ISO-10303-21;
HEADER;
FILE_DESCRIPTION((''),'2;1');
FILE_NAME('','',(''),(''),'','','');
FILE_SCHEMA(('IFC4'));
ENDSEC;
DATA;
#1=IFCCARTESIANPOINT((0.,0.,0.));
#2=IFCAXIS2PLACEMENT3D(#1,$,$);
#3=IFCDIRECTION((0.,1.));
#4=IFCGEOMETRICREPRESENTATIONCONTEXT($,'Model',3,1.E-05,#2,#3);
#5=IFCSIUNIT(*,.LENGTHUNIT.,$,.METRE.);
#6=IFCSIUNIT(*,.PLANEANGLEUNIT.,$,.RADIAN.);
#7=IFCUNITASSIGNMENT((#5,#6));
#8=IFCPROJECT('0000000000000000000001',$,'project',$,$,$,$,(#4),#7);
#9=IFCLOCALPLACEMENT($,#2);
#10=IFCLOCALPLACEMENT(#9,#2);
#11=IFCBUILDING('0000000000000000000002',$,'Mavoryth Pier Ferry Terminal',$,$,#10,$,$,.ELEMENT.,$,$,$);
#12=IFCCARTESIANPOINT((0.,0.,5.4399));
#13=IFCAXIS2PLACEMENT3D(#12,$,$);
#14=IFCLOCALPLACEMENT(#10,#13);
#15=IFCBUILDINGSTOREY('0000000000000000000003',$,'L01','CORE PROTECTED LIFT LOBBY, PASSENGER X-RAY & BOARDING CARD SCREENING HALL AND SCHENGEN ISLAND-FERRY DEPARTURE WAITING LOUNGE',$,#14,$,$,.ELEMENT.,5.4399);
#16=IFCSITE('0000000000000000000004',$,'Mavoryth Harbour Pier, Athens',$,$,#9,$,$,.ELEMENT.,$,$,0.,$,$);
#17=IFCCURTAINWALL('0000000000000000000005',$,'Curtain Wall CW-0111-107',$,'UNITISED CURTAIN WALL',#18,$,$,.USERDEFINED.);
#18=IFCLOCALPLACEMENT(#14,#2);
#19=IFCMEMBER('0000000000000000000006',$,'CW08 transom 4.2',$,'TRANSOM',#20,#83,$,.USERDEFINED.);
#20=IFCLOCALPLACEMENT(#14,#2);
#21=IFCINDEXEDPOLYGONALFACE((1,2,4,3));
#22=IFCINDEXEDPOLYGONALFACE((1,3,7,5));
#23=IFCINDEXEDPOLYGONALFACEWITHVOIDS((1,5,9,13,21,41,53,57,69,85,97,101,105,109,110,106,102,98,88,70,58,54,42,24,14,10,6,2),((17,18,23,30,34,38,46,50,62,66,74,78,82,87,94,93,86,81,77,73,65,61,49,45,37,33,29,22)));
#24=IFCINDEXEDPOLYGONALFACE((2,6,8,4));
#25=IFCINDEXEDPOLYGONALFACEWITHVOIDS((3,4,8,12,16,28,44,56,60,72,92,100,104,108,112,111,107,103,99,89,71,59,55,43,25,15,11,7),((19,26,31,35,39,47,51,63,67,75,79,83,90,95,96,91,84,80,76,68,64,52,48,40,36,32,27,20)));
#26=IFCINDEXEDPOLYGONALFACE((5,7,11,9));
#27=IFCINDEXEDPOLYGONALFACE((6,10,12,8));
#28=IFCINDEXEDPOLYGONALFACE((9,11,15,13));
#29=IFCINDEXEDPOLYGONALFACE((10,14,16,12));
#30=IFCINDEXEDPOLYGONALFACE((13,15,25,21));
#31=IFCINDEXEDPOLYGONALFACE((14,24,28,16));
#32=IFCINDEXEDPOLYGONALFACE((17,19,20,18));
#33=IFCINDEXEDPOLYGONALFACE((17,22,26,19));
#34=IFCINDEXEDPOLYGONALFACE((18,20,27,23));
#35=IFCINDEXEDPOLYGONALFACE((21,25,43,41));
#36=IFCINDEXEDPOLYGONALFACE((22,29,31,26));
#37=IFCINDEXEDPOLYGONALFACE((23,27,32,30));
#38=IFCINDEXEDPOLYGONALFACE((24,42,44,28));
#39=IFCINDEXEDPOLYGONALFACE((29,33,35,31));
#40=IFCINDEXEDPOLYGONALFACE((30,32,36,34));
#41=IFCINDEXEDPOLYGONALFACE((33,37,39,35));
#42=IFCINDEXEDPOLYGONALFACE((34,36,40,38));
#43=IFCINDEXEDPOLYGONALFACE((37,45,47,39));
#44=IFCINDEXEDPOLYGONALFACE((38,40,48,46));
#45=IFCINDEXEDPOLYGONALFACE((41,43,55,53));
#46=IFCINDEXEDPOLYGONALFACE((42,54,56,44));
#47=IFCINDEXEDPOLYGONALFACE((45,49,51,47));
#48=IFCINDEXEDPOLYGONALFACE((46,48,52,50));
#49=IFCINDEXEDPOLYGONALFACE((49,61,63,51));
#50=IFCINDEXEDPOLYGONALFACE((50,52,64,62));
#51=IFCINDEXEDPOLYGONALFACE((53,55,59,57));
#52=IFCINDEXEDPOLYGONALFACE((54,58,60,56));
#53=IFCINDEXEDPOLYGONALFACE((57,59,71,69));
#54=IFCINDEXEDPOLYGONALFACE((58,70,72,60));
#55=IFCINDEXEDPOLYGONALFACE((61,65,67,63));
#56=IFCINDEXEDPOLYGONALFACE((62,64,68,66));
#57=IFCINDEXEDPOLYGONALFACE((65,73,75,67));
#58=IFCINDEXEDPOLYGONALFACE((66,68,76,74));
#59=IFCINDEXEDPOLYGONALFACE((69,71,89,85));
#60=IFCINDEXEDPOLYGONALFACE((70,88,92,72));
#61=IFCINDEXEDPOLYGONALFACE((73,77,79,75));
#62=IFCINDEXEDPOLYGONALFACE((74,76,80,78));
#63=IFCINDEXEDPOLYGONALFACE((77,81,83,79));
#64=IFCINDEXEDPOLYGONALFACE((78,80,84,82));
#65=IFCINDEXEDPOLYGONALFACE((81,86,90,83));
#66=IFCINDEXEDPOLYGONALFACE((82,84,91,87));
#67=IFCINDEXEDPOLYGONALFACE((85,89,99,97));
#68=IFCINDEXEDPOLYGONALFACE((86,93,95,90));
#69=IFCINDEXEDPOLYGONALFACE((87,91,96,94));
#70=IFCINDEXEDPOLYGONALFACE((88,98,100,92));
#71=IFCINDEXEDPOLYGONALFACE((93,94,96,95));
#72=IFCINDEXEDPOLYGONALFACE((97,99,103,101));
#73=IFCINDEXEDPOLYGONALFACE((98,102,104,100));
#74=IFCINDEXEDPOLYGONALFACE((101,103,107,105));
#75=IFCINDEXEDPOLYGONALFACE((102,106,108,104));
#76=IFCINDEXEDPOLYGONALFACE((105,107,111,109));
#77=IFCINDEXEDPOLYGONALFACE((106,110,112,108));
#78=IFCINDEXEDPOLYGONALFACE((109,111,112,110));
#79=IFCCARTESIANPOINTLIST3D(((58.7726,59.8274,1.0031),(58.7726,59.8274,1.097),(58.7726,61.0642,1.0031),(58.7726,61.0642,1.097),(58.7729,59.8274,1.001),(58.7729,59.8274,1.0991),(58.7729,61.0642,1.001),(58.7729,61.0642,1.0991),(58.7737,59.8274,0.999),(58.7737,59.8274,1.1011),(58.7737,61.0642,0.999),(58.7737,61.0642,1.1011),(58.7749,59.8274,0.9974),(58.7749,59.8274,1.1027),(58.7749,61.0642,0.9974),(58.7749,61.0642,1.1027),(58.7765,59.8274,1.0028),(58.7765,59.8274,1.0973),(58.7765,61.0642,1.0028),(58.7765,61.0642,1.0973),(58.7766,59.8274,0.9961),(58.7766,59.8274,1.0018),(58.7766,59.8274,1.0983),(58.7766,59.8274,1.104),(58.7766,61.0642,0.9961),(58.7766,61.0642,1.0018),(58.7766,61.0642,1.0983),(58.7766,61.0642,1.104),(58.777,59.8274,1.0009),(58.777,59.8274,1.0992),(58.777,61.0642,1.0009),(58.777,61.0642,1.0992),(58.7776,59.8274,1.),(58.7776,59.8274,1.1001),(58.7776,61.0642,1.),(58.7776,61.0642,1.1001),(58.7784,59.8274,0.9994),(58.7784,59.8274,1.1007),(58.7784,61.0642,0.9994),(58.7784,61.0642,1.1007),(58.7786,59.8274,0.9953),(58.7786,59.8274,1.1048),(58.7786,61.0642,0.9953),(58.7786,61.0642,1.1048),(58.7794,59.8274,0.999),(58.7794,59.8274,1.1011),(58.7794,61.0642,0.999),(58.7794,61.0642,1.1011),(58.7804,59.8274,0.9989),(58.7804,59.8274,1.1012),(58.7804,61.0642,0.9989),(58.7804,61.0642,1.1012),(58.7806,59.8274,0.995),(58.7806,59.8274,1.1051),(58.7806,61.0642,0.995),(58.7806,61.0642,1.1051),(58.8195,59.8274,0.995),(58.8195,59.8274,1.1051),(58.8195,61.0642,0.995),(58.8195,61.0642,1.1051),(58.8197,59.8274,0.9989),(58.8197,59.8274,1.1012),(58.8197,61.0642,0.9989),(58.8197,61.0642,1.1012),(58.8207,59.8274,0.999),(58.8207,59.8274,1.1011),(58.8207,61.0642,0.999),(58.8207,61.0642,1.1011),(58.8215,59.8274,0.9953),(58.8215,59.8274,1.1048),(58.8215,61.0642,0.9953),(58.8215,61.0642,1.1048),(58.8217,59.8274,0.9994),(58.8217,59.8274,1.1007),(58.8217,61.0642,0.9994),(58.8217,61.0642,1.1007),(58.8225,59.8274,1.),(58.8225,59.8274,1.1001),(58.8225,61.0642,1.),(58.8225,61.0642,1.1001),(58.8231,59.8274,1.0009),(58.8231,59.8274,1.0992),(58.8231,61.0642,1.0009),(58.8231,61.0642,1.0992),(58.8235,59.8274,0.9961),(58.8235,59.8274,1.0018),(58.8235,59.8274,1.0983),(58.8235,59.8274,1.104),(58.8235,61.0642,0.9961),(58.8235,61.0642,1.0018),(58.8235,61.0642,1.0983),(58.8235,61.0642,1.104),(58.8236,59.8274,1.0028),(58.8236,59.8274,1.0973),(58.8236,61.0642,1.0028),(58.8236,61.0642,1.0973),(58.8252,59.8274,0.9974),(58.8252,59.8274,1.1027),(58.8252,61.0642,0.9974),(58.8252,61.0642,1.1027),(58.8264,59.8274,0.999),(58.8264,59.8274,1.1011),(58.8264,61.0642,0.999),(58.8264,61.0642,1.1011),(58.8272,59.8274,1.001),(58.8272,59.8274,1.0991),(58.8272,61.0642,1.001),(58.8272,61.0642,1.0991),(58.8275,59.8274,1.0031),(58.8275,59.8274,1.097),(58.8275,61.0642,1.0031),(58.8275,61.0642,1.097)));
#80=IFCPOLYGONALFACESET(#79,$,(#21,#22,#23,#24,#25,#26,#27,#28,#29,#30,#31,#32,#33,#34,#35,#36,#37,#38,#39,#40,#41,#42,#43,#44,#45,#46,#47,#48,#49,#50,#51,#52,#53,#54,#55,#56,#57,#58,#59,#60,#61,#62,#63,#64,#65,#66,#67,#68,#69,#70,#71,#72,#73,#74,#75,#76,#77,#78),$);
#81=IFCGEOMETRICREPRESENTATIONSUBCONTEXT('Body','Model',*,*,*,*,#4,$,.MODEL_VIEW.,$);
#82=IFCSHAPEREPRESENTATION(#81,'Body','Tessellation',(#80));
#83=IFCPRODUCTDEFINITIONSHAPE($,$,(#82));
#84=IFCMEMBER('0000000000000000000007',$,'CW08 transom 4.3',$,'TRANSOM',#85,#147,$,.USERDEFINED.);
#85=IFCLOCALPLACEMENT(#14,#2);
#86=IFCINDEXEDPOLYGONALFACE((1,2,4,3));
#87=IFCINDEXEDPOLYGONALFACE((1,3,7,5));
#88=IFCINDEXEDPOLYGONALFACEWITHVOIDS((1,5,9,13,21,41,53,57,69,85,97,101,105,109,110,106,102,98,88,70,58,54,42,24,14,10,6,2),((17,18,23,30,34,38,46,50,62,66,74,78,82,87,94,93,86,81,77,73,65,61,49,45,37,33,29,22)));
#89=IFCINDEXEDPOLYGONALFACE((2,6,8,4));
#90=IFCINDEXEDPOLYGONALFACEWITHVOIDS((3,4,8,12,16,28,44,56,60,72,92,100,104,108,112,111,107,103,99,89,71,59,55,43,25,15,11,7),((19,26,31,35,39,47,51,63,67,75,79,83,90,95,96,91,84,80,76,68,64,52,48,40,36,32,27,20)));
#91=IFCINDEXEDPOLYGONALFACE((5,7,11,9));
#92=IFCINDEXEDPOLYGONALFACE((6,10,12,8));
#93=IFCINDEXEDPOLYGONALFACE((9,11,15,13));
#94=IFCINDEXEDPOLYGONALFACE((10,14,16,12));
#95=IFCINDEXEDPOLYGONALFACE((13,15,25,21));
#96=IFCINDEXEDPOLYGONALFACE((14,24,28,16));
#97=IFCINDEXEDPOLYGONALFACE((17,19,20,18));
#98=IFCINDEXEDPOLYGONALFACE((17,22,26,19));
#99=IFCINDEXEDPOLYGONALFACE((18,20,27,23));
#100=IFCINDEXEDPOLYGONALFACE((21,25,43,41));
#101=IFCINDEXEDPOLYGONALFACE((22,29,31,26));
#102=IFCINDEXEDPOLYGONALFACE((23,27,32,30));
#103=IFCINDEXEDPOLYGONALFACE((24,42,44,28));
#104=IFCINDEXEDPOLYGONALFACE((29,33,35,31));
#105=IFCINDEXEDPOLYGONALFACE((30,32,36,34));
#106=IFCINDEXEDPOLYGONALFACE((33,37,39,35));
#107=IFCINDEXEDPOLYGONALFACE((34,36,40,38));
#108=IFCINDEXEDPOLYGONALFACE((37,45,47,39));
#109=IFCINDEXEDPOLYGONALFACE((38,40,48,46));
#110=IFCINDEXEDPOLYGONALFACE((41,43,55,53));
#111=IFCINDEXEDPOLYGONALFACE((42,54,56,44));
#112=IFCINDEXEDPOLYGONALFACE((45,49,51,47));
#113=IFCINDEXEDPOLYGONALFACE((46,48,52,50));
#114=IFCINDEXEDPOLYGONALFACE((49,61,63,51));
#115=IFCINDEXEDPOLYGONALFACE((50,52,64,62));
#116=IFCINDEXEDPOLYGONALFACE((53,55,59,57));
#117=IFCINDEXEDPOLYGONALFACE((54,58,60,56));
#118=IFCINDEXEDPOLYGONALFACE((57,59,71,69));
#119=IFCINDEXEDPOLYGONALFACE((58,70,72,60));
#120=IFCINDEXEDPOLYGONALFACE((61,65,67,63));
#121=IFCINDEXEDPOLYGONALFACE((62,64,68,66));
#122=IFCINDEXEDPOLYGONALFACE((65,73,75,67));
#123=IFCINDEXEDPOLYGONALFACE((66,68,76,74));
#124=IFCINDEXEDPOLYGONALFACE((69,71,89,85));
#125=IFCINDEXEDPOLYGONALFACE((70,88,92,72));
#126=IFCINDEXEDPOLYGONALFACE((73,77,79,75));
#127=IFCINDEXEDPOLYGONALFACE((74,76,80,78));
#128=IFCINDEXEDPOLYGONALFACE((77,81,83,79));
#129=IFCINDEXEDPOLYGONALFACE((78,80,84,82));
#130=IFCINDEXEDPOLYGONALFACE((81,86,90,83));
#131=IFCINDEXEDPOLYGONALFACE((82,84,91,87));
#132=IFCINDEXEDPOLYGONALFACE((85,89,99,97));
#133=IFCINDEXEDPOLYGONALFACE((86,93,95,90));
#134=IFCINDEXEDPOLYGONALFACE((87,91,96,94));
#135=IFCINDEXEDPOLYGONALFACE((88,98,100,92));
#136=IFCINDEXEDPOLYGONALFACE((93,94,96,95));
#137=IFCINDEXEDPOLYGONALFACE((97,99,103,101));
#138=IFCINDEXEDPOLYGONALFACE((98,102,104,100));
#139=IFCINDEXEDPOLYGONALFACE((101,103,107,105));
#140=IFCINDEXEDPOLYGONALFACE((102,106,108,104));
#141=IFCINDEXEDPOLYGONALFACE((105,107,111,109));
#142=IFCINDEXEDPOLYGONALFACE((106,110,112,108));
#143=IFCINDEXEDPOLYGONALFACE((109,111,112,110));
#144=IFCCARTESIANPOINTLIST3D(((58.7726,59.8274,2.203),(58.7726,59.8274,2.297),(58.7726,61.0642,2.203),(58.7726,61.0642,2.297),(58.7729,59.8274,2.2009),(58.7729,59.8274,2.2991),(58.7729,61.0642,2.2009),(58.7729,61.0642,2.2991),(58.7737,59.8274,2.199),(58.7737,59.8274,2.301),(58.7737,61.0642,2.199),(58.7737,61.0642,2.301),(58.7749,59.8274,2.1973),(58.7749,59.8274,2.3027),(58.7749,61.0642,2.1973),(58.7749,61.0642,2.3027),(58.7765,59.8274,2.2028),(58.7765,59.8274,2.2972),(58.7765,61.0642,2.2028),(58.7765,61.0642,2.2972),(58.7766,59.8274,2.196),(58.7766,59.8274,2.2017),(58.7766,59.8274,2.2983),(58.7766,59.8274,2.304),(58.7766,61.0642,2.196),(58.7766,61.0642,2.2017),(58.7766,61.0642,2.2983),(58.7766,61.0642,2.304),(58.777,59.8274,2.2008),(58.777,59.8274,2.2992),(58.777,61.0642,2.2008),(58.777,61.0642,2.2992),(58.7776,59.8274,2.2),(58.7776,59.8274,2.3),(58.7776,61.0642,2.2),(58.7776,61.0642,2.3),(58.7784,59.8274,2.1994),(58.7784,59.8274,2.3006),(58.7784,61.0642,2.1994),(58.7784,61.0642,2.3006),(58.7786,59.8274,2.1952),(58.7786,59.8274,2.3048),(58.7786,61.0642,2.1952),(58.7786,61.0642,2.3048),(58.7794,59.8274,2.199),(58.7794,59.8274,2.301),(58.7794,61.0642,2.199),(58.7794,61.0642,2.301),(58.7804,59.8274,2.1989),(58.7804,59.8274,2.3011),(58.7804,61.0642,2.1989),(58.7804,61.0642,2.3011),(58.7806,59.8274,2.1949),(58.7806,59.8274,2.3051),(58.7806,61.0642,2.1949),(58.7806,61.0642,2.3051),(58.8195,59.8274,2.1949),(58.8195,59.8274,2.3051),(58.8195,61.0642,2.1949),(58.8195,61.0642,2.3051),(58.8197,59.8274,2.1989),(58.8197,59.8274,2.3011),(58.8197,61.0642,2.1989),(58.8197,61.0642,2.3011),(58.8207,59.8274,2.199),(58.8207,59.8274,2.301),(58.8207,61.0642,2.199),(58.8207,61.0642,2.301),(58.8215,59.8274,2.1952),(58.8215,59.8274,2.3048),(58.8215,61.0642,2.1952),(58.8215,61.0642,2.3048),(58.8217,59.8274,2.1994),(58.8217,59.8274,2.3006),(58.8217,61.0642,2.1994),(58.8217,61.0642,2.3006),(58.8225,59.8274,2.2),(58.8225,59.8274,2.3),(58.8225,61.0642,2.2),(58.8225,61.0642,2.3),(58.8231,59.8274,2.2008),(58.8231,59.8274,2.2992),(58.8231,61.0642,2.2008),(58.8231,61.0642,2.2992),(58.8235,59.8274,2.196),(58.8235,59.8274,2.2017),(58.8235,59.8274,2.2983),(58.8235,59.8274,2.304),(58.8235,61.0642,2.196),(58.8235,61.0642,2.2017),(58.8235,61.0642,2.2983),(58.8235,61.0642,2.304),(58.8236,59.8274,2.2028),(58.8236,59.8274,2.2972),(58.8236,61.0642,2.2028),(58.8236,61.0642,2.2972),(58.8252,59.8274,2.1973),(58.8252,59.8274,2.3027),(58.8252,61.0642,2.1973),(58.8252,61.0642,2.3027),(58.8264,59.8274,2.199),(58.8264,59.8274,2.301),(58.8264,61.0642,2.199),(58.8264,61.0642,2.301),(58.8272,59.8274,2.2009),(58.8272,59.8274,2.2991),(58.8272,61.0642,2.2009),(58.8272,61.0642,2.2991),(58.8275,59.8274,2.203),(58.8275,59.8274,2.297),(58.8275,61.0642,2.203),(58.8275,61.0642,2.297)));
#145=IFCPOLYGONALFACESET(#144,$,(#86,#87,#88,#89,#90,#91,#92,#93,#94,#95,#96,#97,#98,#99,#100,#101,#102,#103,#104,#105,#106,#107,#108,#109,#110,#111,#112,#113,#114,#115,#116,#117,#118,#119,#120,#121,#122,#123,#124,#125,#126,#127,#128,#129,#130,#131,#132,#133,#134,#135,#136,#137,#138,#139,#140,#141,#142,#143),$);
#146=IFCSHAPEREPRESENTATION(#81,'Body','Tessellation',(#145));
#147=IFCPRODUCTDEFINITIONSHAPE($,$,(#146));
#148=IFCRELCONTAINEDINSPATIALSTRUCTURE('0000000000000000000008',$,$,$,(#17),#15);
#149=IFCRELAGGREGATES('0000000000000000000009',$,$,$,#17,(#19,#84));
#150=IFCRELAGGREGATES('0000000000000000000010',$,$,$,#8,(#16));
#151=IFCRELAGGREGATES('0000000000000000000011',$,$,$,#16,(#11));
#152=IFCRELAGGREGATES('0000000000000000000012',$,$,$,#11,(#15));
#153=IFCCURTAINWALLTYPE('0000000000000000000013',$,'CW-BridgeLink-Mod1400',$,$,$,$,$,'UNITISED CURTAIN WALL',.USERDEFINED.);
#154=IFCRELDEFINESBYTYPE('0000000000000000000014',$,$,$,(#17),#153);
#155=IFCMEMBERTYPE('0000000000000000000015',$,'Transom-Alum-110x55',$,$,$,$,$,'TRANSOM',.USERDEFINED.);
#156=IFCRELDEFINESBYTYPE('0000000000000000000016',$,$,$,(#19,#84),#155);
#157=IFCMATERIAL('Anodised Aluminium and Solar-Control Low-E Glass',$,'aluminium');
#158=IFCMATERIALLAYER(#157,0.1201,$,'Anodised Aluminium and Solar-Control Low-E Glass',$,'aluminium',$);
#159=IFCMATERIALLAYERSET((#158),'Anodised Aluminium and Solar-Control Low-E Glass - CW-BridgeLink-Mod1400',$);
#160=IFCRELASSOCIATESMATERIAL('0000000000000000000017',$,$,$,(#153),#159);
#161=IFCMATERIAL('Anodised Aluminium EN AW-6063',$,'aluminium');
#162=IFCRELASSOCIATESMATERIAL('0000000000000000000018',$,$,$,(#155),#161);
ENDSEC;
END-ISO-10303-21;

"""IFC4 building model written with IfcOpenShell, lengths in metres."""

from ifc_helpers import new_model, si_unit, direction, frame, origin, origin_2d, place, context, subcontext, project, spatial, hollow_rectangle, extrude, material, layer, layer_set, material_profile, profile_set, type_object, element, aggregate, save


model = new_model("IFC4")

# Units and contexts
model_context = context("Model", 3, precision=1e-05, world=origin(), true_north=direction((0.0, 1.0)))
body_context = subcontext(model_context, "Body", "Model", "MODEL_VIEW")
ifc_project = project(units=[si_unit("LENGTHUNIT", "METRE"), si_unit("PLANEANGLEUNIT", "RADIAN")], contexts=[model_context])

# Site, building, storey
site_placement = place(None, origin())
site = spatial("IfcSite", under=ifc_project, at=site_placement, Name="Mavoryth Harbour Pier, Athens", CompositionType="ELEMENT", RefElevation=0.0)
building_placement = place(site_placement, origin())
building = spatial("IfcBuilding", under=site, at=building_placement, Name="Mavoryth Pier Ferry Terminal", CompositionType="ELEMENT")
storey_placement = place(building_placement, frame((0.0, 0.0, 5.4399)))
storey = spatial("IfcBuildingStorey", under=building, at=storey_placement, Name="L01", Description="CORE PROTECTED LIFT LOBBY, PASSENGER X-RAY & BOARDING CARD SCREENING HALL AND SCHENGEN ISLAND-FERRY DEPARTURE WAITING LOUNGE", CompositionType="ELEMENT", Elevation=5.4399)

# Shared definitions
ifc_material_1 = material(Name="Anodised Aluminium and Solar-Control Low-E Glass", Category="aluminium")
ifc_layer_1 = layer(ifc_material_1, 0.1201, Name="Anodised Aluminium and Solar-Control Low-E Glass", Category="aluminium")
ifc_layer_set_1 = layer_set([ifc_layer_1], Name="Anodised Aluminium and Solar-Control Low-E Glass - CW-BridgeLink-Mod1400")
curtain_wall_type = type_object("IfcCurtainWallType", Name="CW-BridgeLink-Mod1400", ElementType="UNITISED CURTAIN WALL", PredefinedType="USERDEFINED", material=ifc_layer_set_1)
ifc_material_2 = material(Name="Anodised Aluminium EN AW-6063", Category="aluminium")

# Curtain wall
curtain_wall_1_placement = place(storey_placement, origin())
curtain_wall_1 = element("IfcCurtainWall", 1, at=curtain_wall_1_placement, inside=storey, type_object=curtain_wall_type, Name="Curtain Wall CW-0111-107", ObjectType="UNITISED CURTAIN WALL", PredefinedType="USERDEFINED")

# Members
ifc_material_profile_1 = material_profile(ifc_material_2, hollow_rectangle(XDim=0.0549, YDim=0.1101, WallThickness=0.0039, InnerFilletRadius=0.0039, OuterFilletRadius=0.0081, at=origin_2d()), Name="AL-TRAN 110x55x4", Category="aluminium")
ifc_profile_set_1 = profile_set([ifc_material_profile_1], Name="Anodised Aluminium EN AW-6063 - AL-TRAN 110x55x4")
member_type_1 = type_object("IfcMemberType", Name="Transom-Alum-110x55", ElementType="TRANSOM", PredefinedType="USERDEFINED", material=ifc_profile_set_1)
member_1_placement = place(storey_placement, frame((58.8, 59.8274, 1.05), z_axis=(0.0, 1.0, 0.0), x_axis=(-1.0, 0.0, 0.0)))
member_1 = element("IfcMember", 2, at=member_1_placement, type_object=member_type_1, Name="CW08 transom 4.2", ObjectType="TRANSOM", PredefinedType="USERDEFINED", context=body_context, shape_type="SweptSolid", body=[
    extrude(hollow_rectangle(XDim=0.0549, YDim=0.1101, WallThickness=0.0039, InnerFilletRadius=0.0039, OuterFilletRadius=0.0081, at=origin_2d()), origin(), (0.0, 0.0, 1.0), 1.2368),
])
member_2_placement = place(storey_placement, frame((58.8, 59.8274, 2.25), z_axis=(0.0, 1.0, 0.0), x_axis=(-1.0, 0.0, 0.0)))
member_2 = element("IfcMember", 3, at=member_2_placement, type_object=member_type_1, Name="CW08 transom 4.3", ObjectType="TRANSOM", PredefinedType="USERDEFINED", context=body_context, shape_type="SweptSolid", body=[
    extrude(hollow_rectangle(XDim=0.0549, YDim=0.1101, WallThickness=0.0039, InnerFilletRadius=0.0039, OuterFilletRadius=0.0081, at=origin_2d()), origin(), (0.0, 0.0, 1.0), 1.2368),
])

aggregate(curtain_wall_1, [member_1, member_2])

save(model, "model.ifc")
